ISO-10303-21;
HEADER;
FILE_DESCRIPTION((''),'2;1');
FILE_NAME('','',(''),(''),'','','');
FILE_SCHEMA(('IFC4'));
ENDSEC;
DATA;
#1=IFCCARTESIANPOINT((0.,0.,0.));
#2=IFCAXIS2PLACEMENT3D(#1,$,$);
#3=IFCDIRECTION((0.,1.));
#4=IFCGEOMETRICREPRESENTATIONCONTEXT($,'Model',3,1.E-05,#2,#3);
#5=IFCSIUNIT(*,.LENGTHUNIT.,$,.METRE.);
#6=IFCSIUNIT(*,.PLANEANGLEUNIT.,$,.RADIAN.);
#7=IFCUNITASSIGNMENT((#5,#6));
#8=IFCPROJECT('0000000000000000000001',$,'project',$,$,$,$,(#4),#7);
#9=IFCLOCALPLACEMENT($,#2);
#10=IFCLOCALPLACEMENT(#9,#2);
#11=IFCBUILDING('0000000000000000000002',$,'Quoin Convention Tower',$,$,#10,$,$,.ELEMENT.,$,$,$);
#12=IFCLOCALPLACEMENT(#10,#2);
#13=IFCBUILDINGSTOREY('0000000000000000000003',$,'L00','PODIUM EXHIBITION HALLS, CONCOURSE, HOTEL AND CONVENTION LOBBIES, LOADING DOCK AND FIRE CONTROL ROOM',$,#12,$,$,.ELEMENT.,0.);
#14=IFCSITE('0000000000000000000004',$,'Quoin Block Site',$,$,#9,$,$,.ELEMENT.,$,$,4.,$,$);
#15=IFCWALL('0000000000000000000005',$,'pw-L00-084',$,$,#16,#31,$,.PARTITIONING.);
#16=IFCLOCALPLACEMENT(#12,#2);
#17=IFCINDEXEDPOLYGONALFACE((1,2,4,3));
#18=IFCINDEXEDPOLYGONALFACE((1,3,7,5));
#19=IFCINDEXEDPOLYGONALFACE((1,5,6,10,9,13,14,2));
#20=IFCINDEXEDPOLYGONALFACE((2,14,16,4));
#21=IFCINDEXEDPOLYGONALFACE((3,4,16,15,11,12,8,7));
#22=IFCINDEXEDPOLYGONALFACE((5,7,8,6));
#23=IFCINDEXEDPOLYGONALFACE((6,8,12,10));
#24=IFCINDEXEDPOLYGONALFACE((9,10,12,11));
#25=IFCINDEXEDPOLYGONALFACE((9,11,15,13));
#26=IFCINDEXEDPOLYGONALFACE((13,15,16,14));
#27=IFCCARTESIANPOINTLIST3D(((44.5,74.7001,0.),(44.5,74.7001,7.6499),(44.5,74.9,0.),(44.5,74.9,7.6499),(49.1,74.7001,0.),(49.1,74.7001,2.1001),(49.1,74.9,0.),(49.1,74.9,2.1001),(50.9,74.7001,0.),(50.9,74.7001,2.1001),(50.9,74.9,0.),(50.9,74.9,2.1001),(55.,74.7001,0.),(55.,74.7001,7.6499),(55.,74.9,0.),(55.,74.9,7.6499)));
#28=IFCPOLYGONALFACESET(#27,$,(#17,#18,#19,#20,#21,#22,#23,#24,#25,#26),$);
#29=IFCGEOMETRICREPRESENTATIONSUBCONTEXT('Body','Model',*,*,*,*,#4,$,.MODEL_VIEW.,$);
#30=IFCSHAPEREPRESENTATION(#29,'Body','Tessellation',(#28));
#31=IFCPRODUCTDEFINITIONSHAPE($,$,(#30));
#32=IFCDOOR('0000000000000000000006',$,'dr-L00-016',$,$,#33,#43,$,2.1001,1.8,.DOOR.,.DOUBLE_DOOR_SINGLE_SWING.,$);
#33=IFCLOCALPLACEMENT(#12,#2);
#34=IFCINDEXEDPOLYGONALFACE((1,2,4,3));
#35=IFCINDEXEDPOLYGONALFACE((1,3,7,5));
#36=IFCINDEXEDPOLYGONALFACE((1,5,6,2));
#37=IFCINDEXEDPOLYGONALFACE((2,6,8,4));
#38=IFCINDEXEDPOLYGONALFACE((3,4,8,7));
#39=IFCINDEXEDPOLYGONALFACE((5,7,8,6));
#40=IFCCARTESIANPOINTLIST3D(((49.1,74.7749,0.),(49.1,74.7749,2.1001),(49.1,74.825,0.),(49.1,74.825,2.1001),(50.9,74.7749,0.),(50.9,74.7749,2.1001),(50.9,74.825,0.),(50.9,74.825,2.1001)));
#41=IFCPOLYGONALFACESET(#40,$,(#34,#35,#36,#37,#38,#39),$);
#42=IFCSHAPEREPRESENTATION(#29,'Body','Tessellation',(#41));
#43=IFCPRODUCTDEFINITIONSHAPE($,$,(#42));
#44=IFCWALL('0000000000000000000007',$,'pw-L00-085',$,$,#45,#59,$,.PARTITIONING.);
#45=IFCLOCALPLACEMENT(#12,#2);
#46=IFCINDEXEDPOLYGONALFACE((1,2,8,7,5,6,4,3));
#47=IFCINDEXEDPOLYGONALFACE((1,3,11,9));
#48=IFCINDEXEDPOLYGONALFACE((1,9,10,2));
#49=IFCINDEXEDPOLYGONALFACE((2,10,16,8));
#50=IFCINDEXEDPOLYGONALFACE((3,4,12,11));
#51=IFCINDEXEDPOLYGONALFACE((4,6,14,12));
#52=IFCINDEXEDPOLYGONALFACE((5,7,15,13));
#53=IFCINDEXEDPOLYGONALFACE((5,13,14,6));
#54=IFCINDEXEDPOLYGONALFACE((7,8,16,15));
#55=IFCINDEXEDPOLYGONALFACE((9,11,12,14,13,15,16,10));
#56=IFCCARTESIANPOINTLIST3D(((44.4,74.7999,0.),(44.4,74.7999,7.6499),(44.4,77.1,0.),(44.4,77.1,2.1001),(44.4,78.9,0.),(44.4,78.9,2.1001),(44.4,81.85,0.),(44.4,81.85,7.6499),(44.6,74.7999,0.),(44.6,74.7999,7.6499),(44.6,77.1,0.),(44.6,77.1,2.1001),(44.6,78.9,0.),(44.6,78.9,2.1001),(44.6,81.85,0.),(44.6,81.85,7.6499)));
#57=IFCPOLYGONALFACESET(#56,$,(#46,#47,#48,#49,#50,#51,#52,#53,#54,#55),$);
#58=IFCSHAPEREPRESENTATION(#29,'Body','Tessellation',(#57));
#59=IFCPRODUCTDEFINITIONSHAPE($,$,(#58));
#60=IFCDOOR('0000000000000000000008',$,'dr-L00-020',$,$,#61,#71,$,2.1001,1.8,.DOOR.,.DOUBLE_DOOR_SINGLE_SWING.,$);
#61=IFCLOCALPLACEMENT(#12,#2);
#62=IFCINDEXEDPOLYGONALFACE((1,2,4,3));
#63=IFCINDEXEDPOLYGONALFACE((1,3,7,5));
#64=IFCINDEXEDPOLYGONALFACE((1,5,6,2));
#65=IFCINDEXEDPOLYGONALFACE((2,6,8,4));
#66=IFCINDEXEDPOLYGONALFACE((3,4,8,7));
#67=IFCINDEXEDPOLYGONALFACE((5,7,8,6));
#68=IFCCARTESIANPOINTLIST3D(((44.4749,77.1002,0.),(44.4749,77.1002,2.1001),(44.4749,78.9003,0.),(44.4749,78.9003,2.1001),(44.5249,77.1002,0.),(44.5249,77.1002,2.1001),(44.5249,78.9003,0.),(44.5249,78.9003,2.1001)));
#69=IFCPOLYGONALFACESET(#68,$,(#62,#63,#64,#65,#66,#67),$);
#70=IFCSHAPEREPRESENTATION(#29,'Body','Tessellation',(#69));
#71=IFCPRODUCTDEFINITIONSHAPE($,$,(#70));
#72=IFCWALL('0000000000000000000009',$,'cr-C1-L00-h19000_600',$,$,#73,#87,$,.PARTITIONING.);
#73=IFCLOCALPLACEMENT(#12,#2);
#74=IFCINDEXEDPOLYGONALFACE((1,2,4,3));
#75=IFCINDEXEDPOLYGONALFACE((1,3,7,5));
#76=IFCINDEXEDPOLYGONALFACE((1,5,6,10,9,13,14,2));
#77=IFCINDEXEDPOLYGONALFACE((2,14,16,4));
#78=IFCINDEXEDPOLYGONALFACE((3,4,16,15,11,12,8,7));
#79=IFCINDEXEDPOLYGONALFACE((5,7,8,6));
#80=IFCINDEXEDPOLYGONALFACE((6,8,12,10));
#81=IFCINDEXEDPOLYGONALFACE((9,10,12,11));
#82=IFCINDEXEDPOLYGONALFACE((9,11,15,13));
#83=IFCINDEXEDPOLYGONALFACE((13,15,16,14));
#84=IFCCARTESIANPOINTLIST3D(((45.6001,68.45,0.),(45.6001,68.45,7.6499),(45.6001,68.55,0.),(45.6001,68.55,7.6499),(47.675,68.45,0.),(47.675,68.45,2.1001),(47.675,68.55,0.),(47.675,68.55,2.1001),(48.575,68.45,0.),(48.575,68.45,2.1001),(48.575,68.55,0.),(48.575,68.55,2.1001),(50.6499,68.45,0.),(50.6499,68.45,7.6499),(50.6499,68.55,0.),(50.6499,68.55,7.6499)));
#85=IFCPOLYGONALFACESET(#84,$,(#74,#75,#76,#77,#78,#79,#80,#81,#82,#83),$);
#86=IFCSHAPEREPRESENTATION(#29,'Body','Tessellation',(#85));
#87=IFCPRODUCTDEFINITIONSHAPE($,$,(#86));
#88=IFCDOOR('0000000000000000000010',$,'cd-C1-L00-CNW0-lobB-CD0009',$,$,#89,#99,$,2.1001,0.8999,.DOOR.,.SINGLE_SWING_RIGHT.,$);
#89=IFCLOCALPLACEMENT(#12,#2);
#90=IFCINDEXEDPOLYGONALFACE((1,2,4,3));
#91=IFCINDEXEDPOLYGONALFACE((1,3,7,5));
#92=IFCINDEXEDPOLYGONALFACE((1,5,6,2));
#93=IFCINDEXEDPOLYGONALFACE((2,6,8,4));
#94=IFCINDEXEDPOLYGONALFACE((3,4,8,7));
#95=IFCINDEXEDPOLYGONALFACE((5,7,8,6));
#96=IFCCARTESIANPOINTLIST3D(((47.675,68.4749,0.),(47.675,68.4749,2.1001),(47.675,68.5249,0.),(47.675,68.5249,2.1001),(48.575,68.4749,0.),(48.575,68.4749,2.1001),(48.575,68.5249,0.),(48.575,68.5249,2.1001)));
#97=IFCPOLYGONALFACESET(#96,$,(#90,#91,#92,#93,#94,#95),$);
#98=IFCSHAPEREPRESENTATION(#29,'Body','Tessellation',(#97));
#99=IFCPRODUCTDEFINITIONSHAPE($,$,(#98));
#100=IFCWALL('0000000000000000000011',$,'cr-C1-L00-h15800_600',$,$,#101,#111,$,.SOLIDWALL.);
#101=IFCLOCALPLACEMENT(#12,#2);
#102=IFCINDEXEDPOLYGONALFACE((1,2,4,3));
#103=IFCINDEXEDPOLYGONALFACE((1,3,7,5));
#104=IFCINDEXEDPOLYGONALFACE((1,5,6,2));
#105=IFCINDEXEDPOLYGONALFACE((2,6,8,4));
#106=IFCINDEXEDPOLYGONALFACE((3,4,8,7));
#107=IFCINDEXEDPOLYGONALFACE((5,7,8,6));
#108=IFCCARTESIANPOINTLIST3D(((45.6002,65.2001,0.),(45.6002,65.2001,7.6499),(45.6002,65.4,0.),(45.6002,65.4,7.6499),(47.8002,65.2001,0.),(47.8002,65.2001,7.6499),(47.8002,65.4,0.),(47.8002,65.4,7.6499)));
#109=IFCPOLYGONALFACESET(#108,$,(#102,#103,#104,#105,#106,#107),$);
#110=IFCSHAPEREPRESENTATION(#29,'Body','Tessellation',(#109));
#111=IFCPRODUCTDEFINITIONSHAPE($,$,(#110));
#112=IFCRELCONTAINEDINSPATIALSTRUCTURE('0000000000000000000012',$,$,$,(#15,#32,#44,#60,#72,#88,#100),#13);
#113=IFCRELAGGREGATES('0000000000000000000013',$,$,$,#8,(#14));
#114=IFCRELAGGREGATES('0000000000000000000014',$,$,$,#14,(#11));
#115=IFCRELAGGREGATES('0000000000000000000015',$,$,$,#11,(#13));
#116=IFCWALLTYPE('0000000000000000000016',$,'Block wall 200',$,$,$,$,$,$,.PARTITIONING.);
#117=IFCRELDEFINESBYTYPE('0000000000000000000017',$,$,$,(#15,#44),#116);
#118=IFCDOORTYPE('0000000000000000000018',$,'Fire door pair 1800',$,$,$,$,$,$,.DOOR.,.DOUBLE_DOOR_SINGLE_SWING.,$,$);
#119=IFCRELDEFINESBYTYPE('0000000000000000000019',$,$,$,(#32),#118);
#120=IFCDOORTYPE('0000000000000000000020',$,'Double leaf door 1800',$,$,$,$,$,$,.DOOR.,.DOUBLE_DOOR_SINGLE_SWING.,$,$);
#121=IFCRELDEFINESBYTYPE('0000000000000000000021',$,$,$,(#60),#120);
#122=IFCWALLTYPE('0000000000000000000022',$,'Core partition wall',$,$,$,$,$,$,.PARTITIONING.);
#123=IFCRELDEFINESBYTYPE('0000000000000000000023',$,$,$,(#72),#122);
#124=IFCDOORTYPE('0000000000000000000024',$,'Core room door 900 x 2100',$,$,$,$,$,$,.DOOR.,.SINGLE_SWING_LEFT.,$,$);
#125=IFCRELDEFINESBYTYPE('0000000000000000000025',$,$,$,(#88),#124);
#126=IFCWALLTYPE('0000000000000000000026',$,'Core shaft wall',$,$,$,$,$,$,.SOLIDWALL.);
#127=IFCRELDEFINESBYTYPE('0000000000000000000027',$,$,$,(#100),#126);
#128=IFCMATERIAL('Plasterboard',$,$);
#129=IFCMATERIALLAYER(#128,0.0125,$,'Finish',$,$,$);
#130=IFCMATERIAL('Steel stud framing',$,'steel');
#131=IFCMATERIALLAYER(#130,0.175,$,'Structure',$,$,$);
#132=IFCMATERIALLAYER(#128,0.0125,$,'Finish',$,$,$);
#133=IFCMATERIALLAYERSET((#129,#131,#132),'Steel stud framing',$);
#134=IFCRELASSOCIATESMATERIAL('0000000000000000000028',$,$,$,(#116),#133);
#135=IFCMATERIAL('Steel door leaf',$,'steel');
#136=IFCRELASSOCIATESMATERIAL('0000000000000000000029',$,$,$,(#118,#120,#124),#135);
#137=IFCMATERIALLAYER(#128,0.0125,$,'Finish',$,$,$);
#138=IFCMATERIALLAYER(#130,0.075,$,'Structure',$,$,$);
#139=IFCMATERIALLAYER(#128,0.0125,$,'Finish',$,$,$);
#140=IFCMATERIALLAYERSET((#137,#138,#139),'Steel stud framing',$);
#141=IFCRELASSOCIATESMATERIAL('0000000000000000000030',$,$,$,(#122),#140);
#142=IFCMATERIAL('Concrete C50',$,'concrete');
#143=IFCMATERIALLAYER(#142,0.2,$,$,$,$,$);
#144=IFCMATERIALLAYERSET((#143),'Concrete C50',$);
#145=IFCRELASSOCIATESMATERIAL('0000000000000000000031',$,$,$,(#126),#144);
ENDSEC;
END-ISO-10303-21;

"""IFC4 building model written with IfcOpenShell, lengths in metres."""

from ifc_helpers import new_model, si_unit, direction, frame, frame_2d, origin, place, context, subcontext, project, spatial, rectangle, extrude, material, layer, layer_set, type_object, element, fill, save


model = new_model("IFC4")

# Units and contexts
model_context = context("Model", 3, precision=1e-05, world=origin(), true_north=direction((0.0, 1.0)))
body_context = subcontext(model_context, "Body", "Model", "MODEL_VIEW")
ifc_project = project(units=[si_unit("LENGTHUNIT", "METRE"), si_unit("PLANEANGLEUNIT", "RADIAN")], contexts=[model_context])

# Site, building, storey
site_placement = place(None, origin())
site = spatial("IfcSite", under=ifc_project, at=site_placement, Name="Quoin Block Site", CompositionType="ELEMENT", RefElevation=4.0)
building_placement = place(site_placement, origin())
building = spatial("IfcBuilding", under=site, at=building_placement, Name="Quoin Convention Tower", CompositionType="ELEMENT")
storey_placement = place(building_placement, origin())
storey = spatial("IfcBuildingStorey", under=building, at=storey_placement, Name="L00", Description="PODIUM EXHIBITION HALLS, CONCOURSE, HOTEL AND CONVENTION LOBBIES, LOADING DOCK AND FIRE CONTROL ROOM", CompositionType="ELEMENT", Elevation=0.0)

# Walls, openings, doors
ifc_material_1 = material(Name="Plasterboard")
ifc_layer_1 = layer(ifc_material_1, 0.0125, Name="Finish")
ifc_material_2 = material(Name="Steel stud framing", Category="steel")
ifc_layer_2 = layer(ifc_material_2, 0.175, Name="Structure")
ifc_layer_3 = layer(ifc_material_1, 0.0125, Name="Finish")
ifc_layer_set_1 = layer_set([ifc_layer_1, ifc_layer_2, ifc_layer_3], Name="Steel stud framing")
wall_type_1 = type_object("IfcWallType", Name="Block wall 200", PredefinedType="PARTITIONING", material=ifc_layer_set_1)
wall_1_placement = place(storey_placement, frame((44.5, 74.8, 0.0), z_axis=(0.0, 0.0, 1.0), x_axis=(1.0, 0.0, 0.0)))
wall_1 = element("IfcWall", 1, at=wall_1_placement, inside=storey, type_object=wall_type_1, Name="pw-L00-084", PredefinedType="PARTITIONING", context=body_context, shape_type="SweptSolid", body=[
    extrude(rectangle(XDim=10.5, YDim=0.2, at=frame_2d((5.25, 0.0))), origin(), (0.0, 0.0, 1.0), 7.6499),
])
opening_1_placement = place(wall_1_placement, frame((4.6001, 0.0, 0.0)))
opening_1 = element("IfcOpeningElement", 2, at=opening_1_placement, cuts=wall_1, PredefinedType="OPENING", context=body_context, shape_type="SweptSolid", body=[
    extrude(rectangle(XDim=1.8, YDim=2.1001, at=frame_2d((0.8999, 1.05))), frame((0.0, 0.1099, 0.0), z_axis=(0.0, -1.0, 0.0), x_axis=(1.0, 0.0, 0.0)), (0.0, 0.0, 1.0), 0.22),
])
ifc_material_3 = material(Name="Steel door leaf", Category="steel")
door_type_1 = type_object("IfcDoorType", Name="Fire door pair 1800", OperationType="DOUBLE_DOOR_SINGLE_SWING", PredefinedType="DOOR", material=ifc_material_3)
door_1_placement = place(opening_1_placement, origin())
door_1 = element("IfcDoor", 3, at=door_1_placement, inside=storey, type_object=door_type_1, Name="dr-L00-016", OperationType="DOUBLE_DOOR_SINGLE_SWING", OverallHeight=2.1001, OverallWidth=1.8, PredefinedType="DOOR", context=body_context, shape_type="SweptSolid", body=[
    extrude(rectangle(XDim=1.8, YDim=2.1001, at=frame_2d((0.8999, 1.05))), frame((0.0, 0.0249, 0.0), z_axis=(0.0, -1.0, 0.0), x_axis=(1.0, 0.0, 0.0)), (0.0, 0.0, 1.0), 0.05),
])
fill(opening_1, door_1)
wall_2_placement = place(storey_placement, frame((44.5, 74.8, 0.0), z_axis=(0.0, 0.0, 1.0), x_axis=(0.0, 1.0, 0.0)))
wall_2 = element("IfcWall", 4, at=wall_2_placement, inside=storey, type_object=wall_type_1, Name="pw-L00-085", PredefinedType="PARTITIONING", context=body_context, shape_type="SweptSolid", body=[
    extrude(rectangle(XDim=7.05, YDim=0.2, at=frame_2d((3.5249, 0.0))), origin(), (0.0, 0.0, 1.0), 7.6499),
])
opening_2_placement = place(wall_2_placement, frame((2.3, 0.0, 0.0)))
opening_2 = element("IfcOpeningElement", 5, at=opening_2_placement, cuts=wall_2, PredefinedType="OPENING", context=body_context, shape_type="SweptSolid", body=[
    extrude(rectangle(XDim=1.8, YDim=2.1001, at=frame_2d((0.8999, 1.05))), frame((0.0, 0.1099, 0.0), z_axis=(0.0, -1.0, 0.0), x_axis=(1.0, 0.0, 0.0)), (0.0, 0.0, 1.0), 0.22),
])
door_type_2 = type_object("IfcDoorType", Name="Double leaf door 1800", OperationType="DOUBLE_DOOR_SINGLE_SWING", PredefinedType="DOOR", material=ifc_material_3)
door_2_placement = place(opening_2_placement, frame((1.8, 0.0, 0.0), z_axis=(0.0, 0.0, 1.0), x_axis=(-1.0, 0.0, 0.0)))
door_2 = element("IfcDoor", 6, at=door_2_placement, inside=storey, type_object=door_type_2, Name="dr-L00-020", OperationType="DOUBLE_DOOR_SINGLE_SWING", OverallHeight=2.1001, OverallWidth=1.8, PredefinedType="DOOR", context=body_context, shape_type="SweptSolid", body=[
    extrude(rectangle(XDim=1.8, YDim=2.1001, at=frame_2d((0.8999, 1.05))), frame((0.0, 0.0249, 0.0), z_axis=(0.0, -1.0, 0.0), x_axis=(1.0, 0.0, 0.0)), (0.0, 0.0, 1.0), 0.05),
])
fill(opening_2, door_2)
ifc_layer_4 = layer(ifc_material_1, 0.0125, Name="Finish")
ifc_layer_5 = layer(ifc_material_2, 0.075, Name="Structure")
ifc_layer_6 = layer(ifc_material_1, 0.0125, Name="Finish")
ifc_layer_set_2 = layer_set([ifc_layer_4, ifc_layer_5, ifc_layer_6], Name="Steel stud framing")
wall_type_2 = type_object("IfcWallType", Name="Core partition wall", PredefinedType="PARTITIONING", material=ifc_layer_set_2)
wall_3_placement = place(storey_placement, frame((45.6001, 68.5, 0.0), z_axis=(0.0, 0.0, 1.0), x_axis=(1.0, 0.0, 0.0)))
wall_3 = element("IfcWall", 7, at=wall_3_placement, inside=storey, type_object=wall_type_2, Name="cr-C1-L00-h19000_600", PredefinedType="PARTITIONING", context=body_context, shape_type="SweptSolid", body=[
    extrude(rectangle(XDim=5.0498, YDim=0.1001, at=frame_2d((2.5249, 0.0))), origin(), (0.0, 0.0, 1.0), 7.6499),
])
opening_3_placement = place(wall_3_placement, frame((2.075, 0.0, 0.0)))
opening_3 = element("IfcOpeningElement", 8, at=opening_3_placement, cuts=wall_3, PredefinedType="OPENING", context=body_context, shape_type="SweptSolid", body=[
    extrude(rectangle(XDim=0.8999, YDim=2.1001, at=frame_2d((0.45, 1.05))), frame((0.0, 0.0601, 0.0), z_axis=(0.0, -1.0, 0.0), x_axis=(1.0, 0.0, 0.0)), (0.0, 0.0, 1.0), 0.1201),
])
door_type_3 = type_object("IfcDoorType", Name="Core room door 900 x 2100", OperationType="SINGLE_SWING_LEFT", PredefinedType="DOOR", material=ifc_material_3)
door_3_placement = place(opening_3_placement, origin())
door_3 = element("IfcDoor", 9, at=door_3_placement, inside=storey, type_object=door_type_3, Name="cd-C1-L00-CNW0-lobB-CD0009", OperationType="SINGLE_SWING_RIGHT", OverallHeight=2.1001, OverallWidth=0.8999, PredefinedType="DOOR", context=body_context, shape_type="SweptSolid", body=[
    extrude(rectangle(XDim=0.8999, YDim=2.1001, at=frame_2d((0.45, 1.05))), frame((0.0, 0.0249, 0.0), z_axis=(0.0, -1.0, 0.0), x_axis=(1.0, 0.0, 0.0)), (0.0, 0.0, 1.0), 0.05),
])
fill(opening_3, door_3)

# Wall
ifc_material_4 = material(Name="Concrete C50", Category="concrete")
ifc_layer_7 = layer(ifc_material_4, 0.2)
ifc_layer_set_3 = layer_set([ifc_layer_7], Name="Concrete C50")
wall_type_3 = type_object("IfcWallType", Name="Core shaft wall", PredefinedType="SOLIDWALL", material=ifc_layer_set_3)
wall_4_placement = place(storey_placement, frame((45.6001, 65.3, 0.0), z_axis=(0.0, 0.0, 1.0), x_axis=(1.0, 0.0, 0.0)))
element("IfcWall", 10, at=wall_4_placement, inside=storey, type_object=wall_type_3, Name="cr-C1-L00-h15800_600", PredefinedType="SOLIDWALL", context=body_context, shape_type="SweptSolid", body=[
    extrude(rectangle(XDim=2.2, YDim=0.2, at=frame_2d((1.1001, 0.0))), origin(), (0.0, 0.0, 1.0), 7.6499),
])

save(model, "model.ifc")
